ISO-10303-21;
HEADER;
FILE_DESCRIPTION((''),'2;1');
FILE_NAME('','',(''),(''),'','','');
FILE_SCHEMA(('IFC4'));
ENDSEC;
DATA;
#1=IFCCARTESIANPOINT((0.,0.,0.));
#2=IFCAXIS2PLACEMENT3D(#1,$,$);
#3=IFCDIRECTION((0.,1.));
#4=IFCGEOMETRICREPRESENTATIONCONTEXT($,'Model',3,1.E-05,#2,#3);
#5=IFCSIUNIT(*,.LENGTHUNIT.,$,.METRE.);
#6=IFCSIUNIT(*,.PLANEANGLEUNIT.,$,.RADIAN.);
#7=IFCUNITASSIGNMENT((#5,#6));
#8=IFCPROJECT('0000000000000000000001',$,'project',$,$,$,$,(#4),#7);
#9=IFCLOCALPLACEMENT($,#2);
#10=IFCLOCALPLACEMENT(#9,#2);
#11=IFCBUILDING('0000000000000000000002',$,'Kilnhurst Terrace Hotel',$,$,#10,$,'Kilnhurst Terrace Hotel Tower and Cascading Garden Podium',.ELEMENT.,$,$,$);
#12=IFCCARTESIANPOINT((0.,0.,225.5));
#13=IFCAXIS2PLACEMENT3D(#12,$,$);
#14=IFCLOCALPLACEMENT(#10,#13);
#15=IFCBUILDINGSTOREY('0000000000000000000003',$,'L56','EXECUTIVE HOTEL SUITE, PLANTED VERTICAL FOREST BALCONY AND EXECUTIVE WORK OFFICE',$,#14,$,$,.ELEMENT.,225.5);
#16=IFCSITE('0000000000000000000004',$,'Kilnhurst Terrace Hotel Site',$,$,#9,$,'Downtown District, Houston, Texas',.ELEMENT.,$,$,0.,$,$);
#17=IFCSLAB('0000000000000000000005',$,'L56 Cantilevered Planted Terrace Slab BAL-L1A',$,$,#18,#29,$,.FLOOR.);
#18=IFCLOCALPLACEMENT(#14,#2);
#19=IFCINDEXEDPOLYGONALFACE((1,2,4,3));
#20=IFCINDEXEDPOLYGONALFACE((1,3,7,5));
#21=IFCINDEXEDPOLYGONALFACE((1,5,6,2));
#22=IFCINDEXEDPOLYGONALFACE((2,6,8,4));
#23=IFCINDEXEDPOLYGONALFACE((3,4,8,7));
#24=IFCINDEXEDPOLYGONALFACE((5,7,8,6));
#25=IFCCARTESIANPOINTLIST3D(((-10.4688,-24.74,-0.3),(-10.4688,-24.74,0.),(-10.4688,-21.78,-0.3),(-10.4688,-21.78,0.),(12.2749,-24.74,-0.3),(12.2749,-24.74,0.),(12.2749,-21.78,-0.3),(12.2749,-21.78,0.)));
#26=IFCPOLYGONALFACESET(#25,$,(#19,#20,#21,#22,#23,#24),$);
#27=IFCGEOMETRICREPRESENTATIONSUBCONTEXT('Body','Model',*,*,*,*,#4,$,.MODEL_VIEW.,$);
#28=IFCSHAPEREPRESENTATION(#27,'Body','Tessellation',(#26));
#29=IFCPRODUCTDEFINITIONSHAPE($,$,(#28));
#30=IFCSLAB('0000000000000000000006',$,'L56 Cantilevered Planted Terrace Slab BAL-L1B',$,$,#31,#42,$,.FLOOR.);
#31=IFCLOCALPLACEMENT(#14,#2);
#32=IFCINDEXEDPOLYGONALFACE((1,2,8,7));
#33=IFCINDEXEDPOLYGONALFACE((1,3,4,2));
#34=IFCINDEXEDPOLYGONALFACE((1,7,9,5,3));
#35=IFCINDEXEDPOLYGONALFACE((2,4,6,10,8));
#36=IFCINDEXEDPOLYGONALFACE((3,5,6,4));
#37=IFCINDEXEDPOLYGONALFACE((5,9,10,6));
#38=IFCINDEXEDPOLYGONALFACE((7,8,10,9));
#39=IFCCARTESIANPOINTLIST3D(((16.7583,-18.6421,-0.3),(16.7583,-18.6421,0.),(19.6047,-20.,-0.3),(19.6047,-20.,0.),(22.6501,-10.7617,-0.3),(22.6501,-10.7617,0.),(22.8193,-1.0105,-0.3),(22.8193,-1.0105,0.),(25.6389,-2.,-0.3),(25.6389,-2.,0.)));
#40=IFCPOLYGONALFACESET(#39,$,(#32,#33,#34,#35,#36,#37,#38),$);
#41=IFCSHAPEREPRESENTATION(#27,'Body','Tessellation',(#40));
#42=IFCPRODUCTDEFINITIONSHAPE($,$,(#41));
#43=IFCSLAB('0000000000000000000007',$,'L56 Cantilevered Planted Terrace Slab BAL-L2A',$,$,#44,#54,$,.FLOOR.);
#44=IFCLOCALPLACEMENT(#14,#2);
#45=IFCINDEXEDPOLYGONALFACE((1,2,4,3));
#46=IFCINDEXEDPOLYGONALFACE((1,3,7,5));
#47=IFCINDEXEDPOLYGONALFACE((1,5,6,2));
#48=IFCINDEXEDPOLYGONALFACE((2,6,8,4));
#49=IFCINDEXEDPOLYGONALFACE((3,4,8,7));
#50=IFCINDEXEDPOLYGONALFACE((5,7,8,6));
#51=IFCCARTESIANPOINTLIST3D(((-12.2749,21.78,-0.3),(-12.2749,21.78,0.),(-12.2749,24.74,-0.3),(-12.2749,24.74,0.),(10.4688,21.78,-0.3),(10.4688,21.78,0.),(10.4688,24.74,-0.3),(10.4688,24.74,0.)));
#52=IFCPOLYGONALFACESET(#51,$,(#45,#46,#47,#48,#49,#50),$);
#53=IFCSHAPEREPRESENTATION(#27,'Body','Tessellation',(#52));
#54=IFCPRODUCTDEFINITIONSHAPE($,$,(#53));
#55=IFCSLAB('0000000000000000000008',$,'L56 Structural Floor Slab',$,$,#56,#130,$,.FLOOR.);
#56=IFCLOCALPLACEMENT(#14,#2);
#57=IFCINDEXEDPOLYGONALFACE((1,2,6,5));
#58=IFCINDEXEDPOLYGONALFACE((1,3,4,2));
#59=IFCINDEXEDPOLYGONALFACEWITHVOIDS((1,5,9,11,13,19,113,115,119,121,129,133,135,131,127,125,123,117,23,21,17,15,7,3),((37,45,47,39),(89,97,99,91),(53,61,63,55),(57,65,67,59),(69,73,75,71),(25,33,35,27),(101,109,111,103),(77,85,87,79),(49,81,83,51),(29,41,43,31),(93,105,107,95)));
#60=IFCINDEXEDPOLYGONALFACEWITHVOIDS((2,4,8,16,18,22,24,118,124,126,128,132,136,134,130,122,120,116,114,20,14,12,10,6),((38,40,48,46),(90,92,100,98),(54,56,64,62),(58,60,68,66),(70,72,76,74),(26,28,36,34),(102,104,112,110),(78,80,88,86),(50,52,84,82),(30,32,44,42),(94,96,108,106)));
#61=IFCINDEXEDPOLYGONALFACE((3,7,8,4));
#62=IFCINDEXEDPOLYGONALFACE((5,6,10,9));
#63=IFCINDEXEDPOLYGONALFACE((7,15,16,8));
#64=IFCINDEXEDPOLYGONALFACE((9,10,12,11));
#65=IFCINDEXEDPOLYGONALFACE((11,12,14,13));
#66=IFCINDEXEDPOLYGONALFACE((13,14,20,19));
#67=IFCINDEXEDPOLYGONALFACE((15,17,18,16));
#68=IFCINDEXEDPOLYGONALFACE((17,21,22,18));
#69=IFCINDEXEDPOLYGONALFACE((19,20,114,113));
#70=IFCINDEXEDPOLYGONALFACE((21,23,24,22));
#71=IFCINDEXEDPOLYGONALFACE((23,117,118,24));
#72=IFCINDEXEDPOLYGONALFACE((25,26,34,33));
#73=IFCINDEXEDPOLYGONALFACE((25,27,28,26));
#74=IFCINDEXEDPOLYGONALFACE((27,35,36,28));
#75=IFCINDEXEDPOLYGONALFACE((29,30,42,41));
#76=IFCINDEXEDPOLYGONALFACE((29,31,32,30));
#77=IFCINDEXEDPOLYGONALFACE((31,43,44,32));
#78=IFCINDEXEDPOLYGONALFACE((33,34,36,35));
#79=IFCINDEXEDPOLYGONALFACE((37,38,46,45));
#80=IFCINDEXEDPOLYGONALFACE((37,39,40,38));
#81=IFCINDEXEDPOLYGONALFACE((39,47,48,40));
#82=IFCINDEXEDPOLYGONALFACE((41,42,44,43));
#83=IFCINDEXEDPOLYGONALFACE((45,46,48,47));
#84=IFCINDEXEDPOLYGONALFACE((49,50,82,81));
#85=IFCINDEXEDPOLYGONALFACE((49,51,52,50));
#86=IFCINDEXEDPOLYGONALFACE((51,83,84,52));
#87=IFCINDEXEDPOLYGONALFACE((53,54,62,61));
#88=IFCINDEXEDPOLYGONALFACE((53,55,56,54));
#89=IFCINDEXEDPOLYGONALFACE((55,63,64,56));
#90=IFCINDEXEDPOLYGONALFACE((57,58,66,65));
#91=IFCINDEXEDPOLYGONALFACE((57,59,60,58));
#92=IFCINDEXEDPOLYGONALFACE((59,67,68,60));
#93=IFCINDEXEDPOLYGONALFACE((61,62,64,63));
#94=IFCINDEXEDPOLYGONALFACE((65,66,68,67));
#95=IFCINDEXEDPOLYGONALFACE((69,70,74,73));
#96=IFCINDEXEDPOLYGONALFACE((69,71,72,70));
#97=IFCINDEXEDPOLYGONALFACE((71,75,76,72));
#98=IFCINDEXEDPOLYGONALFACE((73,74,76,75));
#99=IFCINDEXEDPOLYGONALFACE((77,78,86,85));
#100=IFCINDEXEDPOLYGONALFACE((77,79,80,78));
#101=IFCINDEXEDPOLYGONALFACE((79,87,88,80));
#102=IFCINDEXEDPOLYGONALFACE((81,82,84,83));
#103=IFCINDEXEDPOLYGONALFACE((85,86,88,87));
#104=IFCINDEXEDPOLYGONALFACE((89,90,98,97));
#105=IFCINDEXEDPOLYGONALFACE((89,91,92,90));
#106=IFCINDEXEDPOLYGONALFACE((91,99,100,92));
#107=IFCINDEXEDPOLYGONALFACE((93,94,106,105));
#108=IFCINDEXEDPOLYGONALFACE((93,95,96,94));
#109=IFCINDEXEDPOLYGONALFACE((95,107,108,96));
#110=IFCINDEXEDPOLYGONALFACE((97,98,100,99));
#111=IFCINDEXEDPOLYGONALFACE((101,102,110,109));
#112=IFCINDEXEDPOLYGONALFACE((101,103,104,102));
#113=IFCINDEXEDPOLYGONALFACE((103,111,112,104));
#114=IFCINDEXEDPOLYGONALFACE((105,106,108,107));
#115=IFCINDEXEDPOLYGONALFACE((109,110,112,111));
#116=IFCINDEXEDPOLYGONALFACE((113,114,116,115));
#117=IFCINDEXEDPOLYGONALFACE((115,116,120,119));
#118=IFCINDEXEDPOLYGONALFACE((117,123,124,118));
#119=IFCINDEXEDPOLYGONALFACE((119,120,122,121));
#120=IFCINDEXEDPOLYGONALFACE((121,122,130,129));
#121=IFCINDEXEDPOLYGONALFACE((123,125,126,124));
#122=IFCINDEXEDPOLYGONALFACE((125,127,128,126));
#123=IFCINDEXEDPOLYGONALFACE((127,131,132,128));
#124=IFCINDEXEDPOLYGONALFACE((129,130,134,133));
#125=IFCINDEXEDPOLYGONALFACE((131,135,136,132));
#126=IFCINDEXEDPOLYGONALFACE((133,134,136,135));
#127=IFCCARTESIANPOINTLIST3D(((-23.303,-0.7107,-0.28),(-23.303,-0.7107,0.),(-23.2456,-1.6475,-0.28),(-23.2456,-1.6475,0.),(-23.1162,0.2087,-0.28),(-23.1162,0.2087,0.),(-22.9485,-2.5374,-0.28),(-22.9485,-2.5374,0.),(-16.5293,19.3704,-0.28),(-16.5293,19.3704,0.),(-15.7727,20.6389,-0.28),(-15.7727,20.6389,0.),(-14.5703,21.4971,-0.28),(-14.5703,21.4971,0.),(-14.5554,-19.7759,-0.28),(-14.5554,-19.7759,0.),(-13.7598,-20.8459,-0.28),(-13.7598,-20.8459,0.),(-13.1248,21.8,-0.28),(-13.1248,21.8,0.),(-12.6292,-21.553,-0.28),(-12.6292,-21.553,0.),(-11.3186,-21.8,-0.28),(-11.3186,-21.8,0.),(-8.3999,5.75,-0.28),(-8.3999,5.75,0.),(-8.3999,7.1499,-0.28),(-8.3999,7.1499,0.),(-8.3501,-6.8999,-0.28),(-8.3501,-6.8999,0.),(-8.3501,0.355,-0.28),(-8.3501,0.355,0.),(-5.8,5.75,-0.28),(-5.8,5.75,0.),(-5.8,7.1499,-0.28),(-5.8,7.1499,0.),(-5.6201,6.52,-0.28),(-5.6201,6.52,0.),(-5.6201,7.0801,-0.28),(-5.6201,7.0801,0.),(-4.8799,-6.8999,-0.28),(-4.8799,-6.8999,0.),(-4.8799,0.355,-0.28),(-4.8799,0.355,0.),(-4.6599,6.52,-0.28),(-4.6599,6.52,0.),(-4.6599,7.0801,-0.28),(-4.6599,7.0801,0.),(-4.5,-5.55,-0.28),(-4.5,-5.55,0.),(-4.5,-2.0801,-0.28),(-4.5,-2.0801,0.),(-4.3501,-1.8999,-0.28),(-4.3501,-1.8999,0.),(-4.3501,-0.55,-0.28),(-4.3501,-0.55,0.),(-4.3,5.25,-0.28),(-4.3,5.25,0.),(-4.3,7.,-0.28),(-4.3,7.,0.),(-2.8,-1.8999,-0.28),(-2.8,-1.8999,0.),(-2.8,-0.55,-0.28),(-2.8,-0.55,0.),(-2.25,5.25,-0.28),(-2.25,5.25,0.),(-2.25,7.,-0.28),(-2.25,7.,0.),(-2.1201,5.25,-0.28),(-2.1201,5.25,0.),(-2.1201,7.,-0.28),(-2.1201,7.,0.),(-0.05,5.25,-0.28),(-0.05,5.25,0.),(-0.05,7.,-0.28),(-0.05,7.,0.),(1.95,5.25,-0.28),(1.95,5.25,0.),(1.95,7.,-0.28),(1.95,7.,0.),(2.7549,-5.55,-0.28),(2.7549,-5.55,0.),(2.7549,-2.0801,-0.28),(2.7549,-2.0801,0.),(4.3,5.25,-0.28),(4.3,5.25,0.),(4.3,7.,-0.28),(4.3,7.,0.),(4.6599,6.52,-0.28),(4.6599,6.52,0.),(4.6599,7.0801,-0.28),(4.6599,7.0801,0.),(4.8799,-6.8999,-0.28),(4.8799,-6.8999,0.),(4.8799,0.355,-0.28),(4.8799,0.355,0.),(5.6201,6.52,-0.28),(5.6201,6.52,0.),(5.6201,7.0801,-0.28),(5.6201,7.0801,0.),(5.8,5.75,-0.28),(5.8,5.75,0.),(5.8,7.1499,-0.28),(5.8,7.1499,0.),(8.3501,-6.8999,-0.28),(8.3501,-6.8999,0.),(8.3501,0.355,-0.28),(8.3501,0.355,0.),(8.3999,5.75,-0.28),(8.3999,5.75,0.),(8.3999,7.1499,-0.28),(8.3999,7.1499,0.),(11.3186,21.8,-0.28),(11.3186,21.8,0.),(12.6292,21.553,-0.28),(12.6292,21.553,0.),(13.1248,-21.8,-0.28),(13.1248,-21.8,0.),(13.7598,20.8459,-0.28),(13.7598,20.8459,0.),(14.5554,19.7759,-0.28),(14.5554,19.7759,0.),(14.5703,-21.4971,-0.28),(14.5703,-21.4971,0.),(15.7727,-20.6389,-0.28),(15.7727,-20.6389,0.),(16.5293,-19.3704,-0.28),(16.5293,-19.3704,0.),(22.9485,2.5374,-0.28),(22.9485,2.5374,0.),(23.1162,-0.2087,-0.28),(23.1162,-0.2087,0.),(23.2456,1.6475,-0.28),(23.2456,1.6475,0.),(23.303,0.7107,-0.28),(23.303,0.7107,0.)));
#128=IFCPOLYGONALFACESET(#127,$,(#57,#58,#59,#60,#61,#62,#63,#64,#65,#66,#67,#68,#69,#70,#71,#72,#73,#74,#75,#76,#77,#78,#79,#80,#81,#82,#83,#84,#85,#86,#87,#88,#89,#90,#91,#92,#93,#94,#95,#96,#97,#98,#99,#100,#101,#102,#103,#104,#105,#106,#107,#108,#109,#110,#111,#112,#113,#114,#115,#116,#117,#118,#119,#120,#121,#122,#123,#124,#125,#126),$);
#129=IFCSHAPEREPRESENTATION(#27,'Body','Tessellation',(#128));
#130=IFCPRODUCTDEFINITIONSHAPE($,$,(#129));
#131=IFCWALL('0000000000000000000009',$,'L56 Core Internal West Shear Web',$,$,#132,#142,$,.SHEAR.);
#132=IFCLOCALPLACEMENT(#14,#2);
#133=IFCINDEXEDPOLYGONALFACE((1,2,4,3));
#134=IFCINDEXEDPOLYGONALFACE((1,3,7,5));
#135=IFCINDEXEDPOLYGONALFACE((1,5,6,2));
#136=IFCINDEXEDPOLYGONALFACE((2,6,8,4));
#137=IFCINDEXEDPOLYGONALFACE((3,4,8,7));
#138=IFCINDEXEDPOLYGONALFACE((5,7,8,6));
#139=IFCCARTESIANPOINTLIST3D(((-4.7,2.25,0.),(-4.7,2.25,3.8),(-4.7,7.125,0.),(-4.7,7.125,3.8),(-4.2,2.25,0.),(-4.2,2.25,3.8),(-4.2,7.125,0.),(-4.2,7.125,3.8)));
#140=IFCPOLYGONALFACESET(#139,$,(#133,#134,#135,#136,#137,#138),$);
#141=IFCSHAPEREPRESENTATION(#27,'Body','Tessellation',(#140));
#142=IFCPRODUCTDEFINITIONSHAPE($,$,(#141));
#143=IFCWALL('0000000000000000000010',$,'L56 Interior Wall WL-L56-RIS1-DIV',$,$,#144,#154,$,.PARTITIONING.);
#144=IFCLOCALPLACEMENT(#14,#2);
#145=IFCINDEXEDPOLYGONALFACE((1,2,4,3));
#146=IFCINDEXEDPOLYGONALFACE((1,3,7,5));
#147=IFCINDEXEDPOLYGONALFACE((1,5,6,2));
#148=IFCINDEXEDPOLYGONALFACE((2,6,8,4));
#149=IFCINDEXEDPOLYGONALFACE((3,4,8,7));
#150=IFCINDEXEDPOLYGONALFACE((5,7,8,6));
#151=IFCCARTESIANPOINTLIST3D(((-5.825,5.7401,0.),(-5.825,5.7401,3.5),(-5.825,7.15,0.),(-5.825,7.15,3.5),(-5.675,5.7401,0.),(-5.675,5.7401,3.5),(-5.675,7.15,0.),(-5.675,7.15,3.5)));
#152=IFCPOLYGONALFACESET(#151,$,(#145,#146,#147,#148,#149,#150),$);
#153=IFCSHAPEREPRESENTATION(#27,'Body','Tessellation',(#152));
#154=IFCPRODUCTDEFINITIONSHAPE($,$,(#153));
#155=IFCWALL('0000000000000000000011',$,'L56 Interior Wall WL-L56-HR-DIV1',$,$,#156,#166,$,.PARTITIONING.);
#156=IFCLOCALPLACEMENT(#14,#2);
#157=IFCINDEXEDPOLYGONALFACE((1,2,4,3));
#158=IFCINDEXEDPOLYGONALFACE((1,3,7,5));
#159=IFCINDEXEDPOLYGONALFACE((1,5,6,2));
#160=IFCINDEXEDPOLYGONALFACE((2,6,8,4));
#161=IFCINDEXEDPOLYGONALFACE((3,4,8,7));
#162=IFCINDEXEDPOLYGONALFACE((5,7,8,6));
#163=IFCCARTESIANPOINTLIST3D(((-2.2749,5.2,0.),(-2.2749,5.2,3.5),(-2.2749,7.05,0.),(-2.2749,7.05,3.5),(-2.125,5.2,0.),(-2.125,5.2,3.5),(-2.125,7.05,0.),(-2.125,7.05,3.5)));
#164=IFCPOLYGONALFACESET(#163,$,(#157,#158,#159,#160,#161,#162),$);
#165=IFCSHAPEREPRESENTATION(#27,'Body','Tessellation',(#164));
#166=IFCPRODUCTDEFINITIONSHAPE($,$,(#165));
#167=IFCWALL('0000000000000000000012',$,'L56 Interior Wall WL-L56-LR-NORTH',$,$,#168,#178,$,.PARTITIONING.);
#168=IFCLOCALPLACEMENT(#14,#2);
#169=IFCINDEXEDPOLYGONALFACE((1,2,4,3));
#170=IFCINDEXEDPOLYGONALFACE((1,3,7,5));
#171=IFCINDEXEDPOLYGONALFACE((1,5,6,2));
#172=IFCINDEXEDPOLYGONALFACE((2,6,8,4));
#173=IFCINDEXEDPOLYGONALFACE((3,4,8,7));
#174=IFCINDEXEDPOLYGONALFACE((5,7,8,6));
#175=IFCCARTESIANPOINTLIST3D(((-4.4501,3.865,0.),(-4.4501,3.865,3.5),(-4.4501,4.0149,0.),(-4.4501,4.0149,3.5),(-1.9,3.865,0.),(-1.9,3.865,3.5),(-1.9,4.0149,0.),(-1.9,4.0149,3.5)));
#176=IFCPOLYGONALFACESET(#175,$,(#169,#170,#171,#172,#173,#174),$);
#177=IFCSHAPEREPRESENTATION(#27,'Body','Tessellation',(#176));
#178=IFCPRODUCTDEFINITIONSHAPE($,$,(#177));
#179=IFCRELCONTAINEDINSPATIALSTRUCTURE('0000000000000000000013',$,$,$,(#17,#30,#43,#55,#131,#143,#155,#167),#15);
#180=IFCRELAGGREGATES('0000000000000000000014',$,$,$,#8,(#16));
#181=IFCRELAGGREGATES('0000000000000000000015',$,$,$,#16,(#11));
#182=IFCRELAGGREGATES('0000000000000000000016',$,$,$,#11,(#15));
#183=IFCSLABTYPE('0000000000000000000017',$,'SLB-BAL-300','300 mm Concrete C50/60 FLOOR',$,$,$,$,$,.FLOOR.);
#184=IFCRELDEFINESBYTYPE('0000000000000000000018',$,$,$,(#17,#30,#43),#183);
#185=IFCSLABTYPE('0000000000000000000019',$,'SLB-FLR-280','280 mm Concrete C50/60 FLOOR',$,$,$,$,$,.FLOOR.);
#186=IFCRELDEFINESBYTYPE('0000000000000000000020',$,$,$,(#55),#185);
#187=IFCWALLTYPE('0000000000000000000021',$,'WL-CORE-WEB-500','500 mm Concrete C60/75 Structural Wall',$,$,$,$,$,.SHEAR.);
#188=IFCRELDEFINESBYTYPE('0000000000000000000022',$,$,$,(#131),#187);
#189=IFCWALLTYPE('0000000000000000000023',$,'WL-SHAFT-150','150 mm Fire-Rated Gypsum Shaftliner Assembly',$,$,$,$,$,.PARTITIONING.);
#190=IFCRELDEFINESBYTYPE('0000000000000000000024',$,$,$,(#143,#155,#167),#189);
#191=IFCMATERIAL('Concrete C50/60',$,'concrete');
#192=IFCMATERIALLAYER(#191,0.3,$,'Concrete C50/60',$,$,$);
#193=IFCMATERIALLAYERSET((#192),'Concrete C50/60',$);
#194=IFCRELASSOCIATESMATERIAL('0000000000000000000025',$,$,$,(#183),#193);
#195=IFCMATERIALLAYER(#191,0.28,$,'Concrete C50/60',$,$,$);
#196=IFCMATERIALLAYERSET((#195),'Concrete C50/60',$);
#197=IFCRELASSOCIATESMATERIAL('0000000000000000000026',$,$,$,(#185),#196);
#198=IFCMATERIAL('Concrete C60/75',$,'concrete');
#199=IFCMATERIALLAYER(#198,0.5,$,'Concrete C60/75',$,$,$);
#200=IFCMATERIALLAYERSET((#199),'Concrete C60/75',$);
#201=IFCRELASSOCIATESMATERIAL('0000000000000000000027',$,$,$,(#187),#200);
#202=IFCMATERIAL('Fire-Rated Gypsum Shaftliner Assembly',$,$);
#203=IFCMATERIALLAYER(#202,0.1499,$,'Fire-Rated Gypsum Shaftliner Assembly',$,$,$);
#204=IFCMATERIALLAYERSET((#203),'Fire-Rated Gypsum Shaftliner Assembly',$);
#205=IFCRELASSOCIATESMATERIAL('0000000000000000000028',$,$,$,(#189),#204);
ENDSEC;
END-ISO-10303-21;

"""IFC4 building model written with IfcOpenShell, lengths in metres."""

from ifc_helpers import new_model, si_unit, direction, frame, frame_2d, origin, place, context, subcontext, project, spatial, polyline, rectangle, outline, extrude, material, layer, layer_set, type_object, element, save


model = new_model("IFC4")

# Units and contexts
model_context = context("Model", 3, precision=1e-05, world=origin(), true_north=direction((0.0, 1.0)))
body_context = subcontext(model_context, "Body", "Model", "MODEL_VIEW")
ifc_project = project(units=[si_unit("LENGTHUNIT", "METRE"), si_unit("PLANEANGLEUNIT", "RADIAN")], contexts=[model_context])

# Site, building, storey
site_placement = place(None, origin())
site = spatial("IfcSite", under=ifc_project, at=site_placement, Name="Kilnhurst Terrace Hotel Site", LongName="Downtown District, Houston, Texas", CompositionType="ELEMENT", RefElevation=0.0)
building_placement = place(site_placement, origin())
building = spatial("IfcBuilding", under=site, at=building_placement, Name="Kilnhurst Terrace Hotel", LongName="Kilnhurst Terrace Hotel Tower and Cascading Garden Podium", CompositionType="ELEMENT")
storey_placement = place(building_placement, frame((0.0, 0.0, 225.5)))
storey = spatial("IfcBuildingStorey", under=building, at=storey_placement, Name="L56", Description="EXECUTIVE HOTEL SUITE, PLANTED VERTICAL FOREST BALCONY AND EXECUTIVE WORK OFFICE", CompositionType="ELEMENT", Elevation=225.5)

# Slabs
ifc_material_1 = material(Name="Concrete C50/60", Category="concrete")
ifc_layer_1 = layer(ifc_material_1, 0.3, Name="Concrete C50/60")
ifc_layer_set_1 = layer_set([ifc_layer_1], Name="Concrete C50/60")
slab_type_1 = type_object("IfcSlabType", Name="SLB-BAL-300", Description="300 mm Concrete C50/60 FLOOR", PredefinedType="FLOOR", material=ifc_layer_set_1)
slab_1_placement = place(storey_placement, frame((0.0, 0.0, -0.3)))
element("IfcSlab", 1, at=slab_1_placement, inside=storey, type_object=slab_type_1, Name="L56 Cantilevered Planted Terrace Slab BAL-L1A", PredefinedType="FLOOR", context=body_context, shape_type="SweptSolid", body=[
    extrude(outline(polyline([(-10.4688, -21.78), (12.2749, -21.78), (12.2749, -24.74), (-10.4688, -24.74), (-10.4688, -21.78)])), origin(), (0.0, 0.0, 1.0), 0.3),
])
slab_2_placement = place(storey_placement, frame((0.0, 0.0, -0.3)))
element("IfcSlab", 2, at=slab_2_placement, inside=storey, type_object=slab_type_1, Name="L56 Cantilevered Planted Terrace Slab BAL-L1B", PredefinedType="FLOOR", context=body_context, shape_type="SweptSolid", body=[
    extrude(outline(polyline([(19.6047, -20.0), (16.7583, -18.6421), (22.8193, -1.0105), (25.6389, -2.0), (22.6501, -10.7617), (19.6047, -20.0)])), origin(), (0.0, 0.0, 1.0), 0.3),
])
slab_3_placement = place(storey_placement, frame((0.0, 0.0, -0.3)))
element("IfcSlab", 3, at=slab_3_placement, inside=storey, type_object=slab_type_1, Name="L56 Cantilevered Planted Terrace Slab BAL-L2A", PredefinedType="FLOOR", context=body_context, shape_type="SweptSolid", body=[
    extrude(outline(polyline([(-12.2749, 21.78), (-12.2749, 24.74), (10.4688, 24.74), (10.4688, 21.78), (-12.2749, 21.78)])), origin(), (0.0, 0.0, 1.0), 0.3),
])
ifc_layer_2 = layer(ifc_material_1, 0.28, Name="Concrete C50/60")
ifc_layer_set_2 = layer_set([ifc_layer_2], Name="Concrete C50/60")
slab_type_2 = type_object("IfcSlabType", Name="SLB-FLR-280", Description="280 mm Concrete C50/60 FLOOR", PredefinedType="FLOOR", material=ifc_layer_set_2)
slab_4_placement = place(storey_placement, frame((0.0, 0.0, -0.28)))
element("IfcSlab", 4, at=slab_4_placement, inside=storey, type_object=slab_type_2, Name="L56 Structural Floor Slab", PredefinedType="FLOOR", context=body_context, shape_type="SweptSolid", body=[
    extrude(outline(polyline([(-14.5554, -19.7759), (-13.7598, -20.8459), (-12.6292, -21.553), (-11.3186, -21.8), (13.1248, -21.8), (14.5703, -21.4971), (15.7727, -20.6389), (16.5293, -19.3704), (23.1162, -0.2087), (23.303, 0.7107), (23.2456, 1.6475), (22.9485, 2.5374), (14.5554, 19.7759), (13.7598, 20.8459), (12.6292, 21.553), (11.3186, 21.8), (-13.1248, 21.8), (-14.5703, 21.4971), (-15.7727, 20.6389), (-16.5293, 19.3704), (-23.1162, 0.2087), (-23.303, -0.7107), (-23.2456, -1.6475), (-22.9485, -2.5374), (-14.5554, -19.7759)]), holes=[polyline([(-8.3501, 0.355), (-4.8799, 0.355), (-4.8799, -6.8999), (-8.3501, -6.8999), (-8.3501, 0.355)]), polyline([(-2.8, -1.8999), (-4.3501, -1.8999), (-4.3501, -0.55), (-2.8, -0.55), (-2.8, -1.8999)]), polyline([(-2.25, 5.25), (-4.3, 5.25), (-4.3, 7.0), (-2.25, 7.0), (-2.25, 5.25)]), polyline([(-2.1201, 5.25), (-2.1201, 7.0), (-0.05, 7.0), (-0.05, 5.25), (-2.1201, 5.25)]), polyline([(-8.3999, 5.75), (-8.3999, 7.1499), (-5.8, 7.1499), (-5.8, 5.75), (-8.3999, 5.75)]), polyline([(-4.6599, 6.52), (-5.6201, 6.52), (-5.6201, 7.0801), (-4.6599, 7.0801), (-4.6599, 6.52)]), polyline([(2.7549, -5.55), (-4.5, -5.55), (-4.5, -2.0801), (2.7549, -2.0801), (2.7549, -5.55)]), polyline([(8.3501, 0.355), (8.3501, -6.8999), (4.8799, -6.8999), (4.8799, 0.355), (8.3501, 0.355)]), polyline([(4.3, 5.25), (1.95, 5.25), (1.95, 7.0), (4.3, 7.0), (4.3, 5.25)]), polyline([(5.8, 5.75), (5.8, 7.1499), (8.3999, 7.1499), (8.3999, 5.75), (5.8, 5.75)]), polyline([(4.6599, 6.52), (4.6599, 7.0801), (5.6201, 7.0801), (5.6201, 6.52), (4.6599, 6.52)])]), origin(), (0.0, 0.0, 1.0), 0.28),
])

# Walls
ifc_material_2 = material(Name="Concrete C60/75", Category="concrete")
ifc_layer_3 = layer(ifc_material_2, 0.5, Name="Concrete C60/75")
ifc_layer_set_3 = layer_set([ifc_layer_3], Name="Concrete C60/75")
wall_type_1 = type_object("IfcWallType", Name="WL-CORE-WEB-500", Description="500 mm Concrete C60/75 Structural Wall", PredefinedType="SHEAR", material=ifc_layer_set_3)
wall_1_placement = place(storey_placement, frame((-4.45, 2.25, 0.0), z_axis=(0.0, 0.0, 1.0), x_axis=(0.0, 1.0, 0.0)))
element("IfcWall", 5, at=wall_1_placement, inside=storey, type_object=wall_type_1, Name="L56 Core Internal West Shear Web", PredefinedType="SHEAR", context=body_context, shape_type="SweptSolid", body=[
    extrude(rectangle(XDim=4.875, YDim=0.5, at=frame_2d((2.4375, 0.0))), origin(), (0.0, 0.0, 1.0), 3.8),
])
ifc_material_3 = material(Name="Fire-Rated Gypsum Shaftliner Assembly")
ifc_layer_4 = layer(ifc_material_3, 0.1499, Name="Fire-Rated Gypsum Shaftliner Assembly")
ifc_layer_set_4 = layer_set([ifc_layer_4], Name="Fire-Rated Gypsum Shaftliner Assembly")
wall_type_2 = type_object("IfcWallType", Name="WL-SHAFT-150", Description="150 mm Fire-Rated Gypsum Shaftliner Assembly", PredefinedType="PARTITIONING", material=ifc_layer_set_4)
wall_2_placement = place(storey_placement, frame((-5.75, 5.74, 0.0), z_axis=(0.0, 0.0, 1.0), x_axis=(0.0, 1.0, 0.0)))
element("IfcWall", 6, at=wall_2_placement, inside=storey, type_object=wall_type_2, Name="L56 Interior Wall WL-L56-RIS1-DIV", PredefinedType="PARTITIONING", context=body_context, shape_type="SweptSolid", body=[
    extrude(rectangle(XDim=1.4099, YDim=0.1499, at=frame_2d((0.7051, 0.0))), origin(), (0.0, 0.0, 1.0), 3.5),
])
wall_3_placement = place(storey_placement, frame((-2.2, 5.2, 0.0), z_axis=(0.0, 0.0, 1.0), x_axis=(0.0, 1.0, 0.0)))
element("IfcWall", 7, at=wall_3_placement, inside=storey, type_object=wall_type_2, Name="L56 Interior Wall WL-L56-HR-DIV1", PredefinedType="PARTITIONING", context=body_context, shape_type="SweptSolid", body=[
    extrude(rectangle(XDim=1.8501, YDim=0.1499, at=frame_2d((0.925, 0.0))), origin(), (0.0, 0.0, 1.0), 3.5),
])
wall_4_placement = place(storey_placement, frame((-4.45, 3.9399, 0.0), z_axis=(0.0, 0.0, 1.0), x_axis=(1.0, 0.0, 0.0)))
element("IfcWall", 8, at=wall_4_placement, inside=storey, type_object=wall_type_2, Name="L56 Interior Wall WL-L56-LR-NORTH", PredefinedType="PARTITIONING", context=body_context, shape_type="SweptSolid", body=[
    extrude(rectangle(XDim=2.55, YDim=0.1499, at=frame_2d((1.2749, 0.0))), origin(), (0.0, 0.0, 1.0), 3.5),
])

save(model, "model.ifc")
